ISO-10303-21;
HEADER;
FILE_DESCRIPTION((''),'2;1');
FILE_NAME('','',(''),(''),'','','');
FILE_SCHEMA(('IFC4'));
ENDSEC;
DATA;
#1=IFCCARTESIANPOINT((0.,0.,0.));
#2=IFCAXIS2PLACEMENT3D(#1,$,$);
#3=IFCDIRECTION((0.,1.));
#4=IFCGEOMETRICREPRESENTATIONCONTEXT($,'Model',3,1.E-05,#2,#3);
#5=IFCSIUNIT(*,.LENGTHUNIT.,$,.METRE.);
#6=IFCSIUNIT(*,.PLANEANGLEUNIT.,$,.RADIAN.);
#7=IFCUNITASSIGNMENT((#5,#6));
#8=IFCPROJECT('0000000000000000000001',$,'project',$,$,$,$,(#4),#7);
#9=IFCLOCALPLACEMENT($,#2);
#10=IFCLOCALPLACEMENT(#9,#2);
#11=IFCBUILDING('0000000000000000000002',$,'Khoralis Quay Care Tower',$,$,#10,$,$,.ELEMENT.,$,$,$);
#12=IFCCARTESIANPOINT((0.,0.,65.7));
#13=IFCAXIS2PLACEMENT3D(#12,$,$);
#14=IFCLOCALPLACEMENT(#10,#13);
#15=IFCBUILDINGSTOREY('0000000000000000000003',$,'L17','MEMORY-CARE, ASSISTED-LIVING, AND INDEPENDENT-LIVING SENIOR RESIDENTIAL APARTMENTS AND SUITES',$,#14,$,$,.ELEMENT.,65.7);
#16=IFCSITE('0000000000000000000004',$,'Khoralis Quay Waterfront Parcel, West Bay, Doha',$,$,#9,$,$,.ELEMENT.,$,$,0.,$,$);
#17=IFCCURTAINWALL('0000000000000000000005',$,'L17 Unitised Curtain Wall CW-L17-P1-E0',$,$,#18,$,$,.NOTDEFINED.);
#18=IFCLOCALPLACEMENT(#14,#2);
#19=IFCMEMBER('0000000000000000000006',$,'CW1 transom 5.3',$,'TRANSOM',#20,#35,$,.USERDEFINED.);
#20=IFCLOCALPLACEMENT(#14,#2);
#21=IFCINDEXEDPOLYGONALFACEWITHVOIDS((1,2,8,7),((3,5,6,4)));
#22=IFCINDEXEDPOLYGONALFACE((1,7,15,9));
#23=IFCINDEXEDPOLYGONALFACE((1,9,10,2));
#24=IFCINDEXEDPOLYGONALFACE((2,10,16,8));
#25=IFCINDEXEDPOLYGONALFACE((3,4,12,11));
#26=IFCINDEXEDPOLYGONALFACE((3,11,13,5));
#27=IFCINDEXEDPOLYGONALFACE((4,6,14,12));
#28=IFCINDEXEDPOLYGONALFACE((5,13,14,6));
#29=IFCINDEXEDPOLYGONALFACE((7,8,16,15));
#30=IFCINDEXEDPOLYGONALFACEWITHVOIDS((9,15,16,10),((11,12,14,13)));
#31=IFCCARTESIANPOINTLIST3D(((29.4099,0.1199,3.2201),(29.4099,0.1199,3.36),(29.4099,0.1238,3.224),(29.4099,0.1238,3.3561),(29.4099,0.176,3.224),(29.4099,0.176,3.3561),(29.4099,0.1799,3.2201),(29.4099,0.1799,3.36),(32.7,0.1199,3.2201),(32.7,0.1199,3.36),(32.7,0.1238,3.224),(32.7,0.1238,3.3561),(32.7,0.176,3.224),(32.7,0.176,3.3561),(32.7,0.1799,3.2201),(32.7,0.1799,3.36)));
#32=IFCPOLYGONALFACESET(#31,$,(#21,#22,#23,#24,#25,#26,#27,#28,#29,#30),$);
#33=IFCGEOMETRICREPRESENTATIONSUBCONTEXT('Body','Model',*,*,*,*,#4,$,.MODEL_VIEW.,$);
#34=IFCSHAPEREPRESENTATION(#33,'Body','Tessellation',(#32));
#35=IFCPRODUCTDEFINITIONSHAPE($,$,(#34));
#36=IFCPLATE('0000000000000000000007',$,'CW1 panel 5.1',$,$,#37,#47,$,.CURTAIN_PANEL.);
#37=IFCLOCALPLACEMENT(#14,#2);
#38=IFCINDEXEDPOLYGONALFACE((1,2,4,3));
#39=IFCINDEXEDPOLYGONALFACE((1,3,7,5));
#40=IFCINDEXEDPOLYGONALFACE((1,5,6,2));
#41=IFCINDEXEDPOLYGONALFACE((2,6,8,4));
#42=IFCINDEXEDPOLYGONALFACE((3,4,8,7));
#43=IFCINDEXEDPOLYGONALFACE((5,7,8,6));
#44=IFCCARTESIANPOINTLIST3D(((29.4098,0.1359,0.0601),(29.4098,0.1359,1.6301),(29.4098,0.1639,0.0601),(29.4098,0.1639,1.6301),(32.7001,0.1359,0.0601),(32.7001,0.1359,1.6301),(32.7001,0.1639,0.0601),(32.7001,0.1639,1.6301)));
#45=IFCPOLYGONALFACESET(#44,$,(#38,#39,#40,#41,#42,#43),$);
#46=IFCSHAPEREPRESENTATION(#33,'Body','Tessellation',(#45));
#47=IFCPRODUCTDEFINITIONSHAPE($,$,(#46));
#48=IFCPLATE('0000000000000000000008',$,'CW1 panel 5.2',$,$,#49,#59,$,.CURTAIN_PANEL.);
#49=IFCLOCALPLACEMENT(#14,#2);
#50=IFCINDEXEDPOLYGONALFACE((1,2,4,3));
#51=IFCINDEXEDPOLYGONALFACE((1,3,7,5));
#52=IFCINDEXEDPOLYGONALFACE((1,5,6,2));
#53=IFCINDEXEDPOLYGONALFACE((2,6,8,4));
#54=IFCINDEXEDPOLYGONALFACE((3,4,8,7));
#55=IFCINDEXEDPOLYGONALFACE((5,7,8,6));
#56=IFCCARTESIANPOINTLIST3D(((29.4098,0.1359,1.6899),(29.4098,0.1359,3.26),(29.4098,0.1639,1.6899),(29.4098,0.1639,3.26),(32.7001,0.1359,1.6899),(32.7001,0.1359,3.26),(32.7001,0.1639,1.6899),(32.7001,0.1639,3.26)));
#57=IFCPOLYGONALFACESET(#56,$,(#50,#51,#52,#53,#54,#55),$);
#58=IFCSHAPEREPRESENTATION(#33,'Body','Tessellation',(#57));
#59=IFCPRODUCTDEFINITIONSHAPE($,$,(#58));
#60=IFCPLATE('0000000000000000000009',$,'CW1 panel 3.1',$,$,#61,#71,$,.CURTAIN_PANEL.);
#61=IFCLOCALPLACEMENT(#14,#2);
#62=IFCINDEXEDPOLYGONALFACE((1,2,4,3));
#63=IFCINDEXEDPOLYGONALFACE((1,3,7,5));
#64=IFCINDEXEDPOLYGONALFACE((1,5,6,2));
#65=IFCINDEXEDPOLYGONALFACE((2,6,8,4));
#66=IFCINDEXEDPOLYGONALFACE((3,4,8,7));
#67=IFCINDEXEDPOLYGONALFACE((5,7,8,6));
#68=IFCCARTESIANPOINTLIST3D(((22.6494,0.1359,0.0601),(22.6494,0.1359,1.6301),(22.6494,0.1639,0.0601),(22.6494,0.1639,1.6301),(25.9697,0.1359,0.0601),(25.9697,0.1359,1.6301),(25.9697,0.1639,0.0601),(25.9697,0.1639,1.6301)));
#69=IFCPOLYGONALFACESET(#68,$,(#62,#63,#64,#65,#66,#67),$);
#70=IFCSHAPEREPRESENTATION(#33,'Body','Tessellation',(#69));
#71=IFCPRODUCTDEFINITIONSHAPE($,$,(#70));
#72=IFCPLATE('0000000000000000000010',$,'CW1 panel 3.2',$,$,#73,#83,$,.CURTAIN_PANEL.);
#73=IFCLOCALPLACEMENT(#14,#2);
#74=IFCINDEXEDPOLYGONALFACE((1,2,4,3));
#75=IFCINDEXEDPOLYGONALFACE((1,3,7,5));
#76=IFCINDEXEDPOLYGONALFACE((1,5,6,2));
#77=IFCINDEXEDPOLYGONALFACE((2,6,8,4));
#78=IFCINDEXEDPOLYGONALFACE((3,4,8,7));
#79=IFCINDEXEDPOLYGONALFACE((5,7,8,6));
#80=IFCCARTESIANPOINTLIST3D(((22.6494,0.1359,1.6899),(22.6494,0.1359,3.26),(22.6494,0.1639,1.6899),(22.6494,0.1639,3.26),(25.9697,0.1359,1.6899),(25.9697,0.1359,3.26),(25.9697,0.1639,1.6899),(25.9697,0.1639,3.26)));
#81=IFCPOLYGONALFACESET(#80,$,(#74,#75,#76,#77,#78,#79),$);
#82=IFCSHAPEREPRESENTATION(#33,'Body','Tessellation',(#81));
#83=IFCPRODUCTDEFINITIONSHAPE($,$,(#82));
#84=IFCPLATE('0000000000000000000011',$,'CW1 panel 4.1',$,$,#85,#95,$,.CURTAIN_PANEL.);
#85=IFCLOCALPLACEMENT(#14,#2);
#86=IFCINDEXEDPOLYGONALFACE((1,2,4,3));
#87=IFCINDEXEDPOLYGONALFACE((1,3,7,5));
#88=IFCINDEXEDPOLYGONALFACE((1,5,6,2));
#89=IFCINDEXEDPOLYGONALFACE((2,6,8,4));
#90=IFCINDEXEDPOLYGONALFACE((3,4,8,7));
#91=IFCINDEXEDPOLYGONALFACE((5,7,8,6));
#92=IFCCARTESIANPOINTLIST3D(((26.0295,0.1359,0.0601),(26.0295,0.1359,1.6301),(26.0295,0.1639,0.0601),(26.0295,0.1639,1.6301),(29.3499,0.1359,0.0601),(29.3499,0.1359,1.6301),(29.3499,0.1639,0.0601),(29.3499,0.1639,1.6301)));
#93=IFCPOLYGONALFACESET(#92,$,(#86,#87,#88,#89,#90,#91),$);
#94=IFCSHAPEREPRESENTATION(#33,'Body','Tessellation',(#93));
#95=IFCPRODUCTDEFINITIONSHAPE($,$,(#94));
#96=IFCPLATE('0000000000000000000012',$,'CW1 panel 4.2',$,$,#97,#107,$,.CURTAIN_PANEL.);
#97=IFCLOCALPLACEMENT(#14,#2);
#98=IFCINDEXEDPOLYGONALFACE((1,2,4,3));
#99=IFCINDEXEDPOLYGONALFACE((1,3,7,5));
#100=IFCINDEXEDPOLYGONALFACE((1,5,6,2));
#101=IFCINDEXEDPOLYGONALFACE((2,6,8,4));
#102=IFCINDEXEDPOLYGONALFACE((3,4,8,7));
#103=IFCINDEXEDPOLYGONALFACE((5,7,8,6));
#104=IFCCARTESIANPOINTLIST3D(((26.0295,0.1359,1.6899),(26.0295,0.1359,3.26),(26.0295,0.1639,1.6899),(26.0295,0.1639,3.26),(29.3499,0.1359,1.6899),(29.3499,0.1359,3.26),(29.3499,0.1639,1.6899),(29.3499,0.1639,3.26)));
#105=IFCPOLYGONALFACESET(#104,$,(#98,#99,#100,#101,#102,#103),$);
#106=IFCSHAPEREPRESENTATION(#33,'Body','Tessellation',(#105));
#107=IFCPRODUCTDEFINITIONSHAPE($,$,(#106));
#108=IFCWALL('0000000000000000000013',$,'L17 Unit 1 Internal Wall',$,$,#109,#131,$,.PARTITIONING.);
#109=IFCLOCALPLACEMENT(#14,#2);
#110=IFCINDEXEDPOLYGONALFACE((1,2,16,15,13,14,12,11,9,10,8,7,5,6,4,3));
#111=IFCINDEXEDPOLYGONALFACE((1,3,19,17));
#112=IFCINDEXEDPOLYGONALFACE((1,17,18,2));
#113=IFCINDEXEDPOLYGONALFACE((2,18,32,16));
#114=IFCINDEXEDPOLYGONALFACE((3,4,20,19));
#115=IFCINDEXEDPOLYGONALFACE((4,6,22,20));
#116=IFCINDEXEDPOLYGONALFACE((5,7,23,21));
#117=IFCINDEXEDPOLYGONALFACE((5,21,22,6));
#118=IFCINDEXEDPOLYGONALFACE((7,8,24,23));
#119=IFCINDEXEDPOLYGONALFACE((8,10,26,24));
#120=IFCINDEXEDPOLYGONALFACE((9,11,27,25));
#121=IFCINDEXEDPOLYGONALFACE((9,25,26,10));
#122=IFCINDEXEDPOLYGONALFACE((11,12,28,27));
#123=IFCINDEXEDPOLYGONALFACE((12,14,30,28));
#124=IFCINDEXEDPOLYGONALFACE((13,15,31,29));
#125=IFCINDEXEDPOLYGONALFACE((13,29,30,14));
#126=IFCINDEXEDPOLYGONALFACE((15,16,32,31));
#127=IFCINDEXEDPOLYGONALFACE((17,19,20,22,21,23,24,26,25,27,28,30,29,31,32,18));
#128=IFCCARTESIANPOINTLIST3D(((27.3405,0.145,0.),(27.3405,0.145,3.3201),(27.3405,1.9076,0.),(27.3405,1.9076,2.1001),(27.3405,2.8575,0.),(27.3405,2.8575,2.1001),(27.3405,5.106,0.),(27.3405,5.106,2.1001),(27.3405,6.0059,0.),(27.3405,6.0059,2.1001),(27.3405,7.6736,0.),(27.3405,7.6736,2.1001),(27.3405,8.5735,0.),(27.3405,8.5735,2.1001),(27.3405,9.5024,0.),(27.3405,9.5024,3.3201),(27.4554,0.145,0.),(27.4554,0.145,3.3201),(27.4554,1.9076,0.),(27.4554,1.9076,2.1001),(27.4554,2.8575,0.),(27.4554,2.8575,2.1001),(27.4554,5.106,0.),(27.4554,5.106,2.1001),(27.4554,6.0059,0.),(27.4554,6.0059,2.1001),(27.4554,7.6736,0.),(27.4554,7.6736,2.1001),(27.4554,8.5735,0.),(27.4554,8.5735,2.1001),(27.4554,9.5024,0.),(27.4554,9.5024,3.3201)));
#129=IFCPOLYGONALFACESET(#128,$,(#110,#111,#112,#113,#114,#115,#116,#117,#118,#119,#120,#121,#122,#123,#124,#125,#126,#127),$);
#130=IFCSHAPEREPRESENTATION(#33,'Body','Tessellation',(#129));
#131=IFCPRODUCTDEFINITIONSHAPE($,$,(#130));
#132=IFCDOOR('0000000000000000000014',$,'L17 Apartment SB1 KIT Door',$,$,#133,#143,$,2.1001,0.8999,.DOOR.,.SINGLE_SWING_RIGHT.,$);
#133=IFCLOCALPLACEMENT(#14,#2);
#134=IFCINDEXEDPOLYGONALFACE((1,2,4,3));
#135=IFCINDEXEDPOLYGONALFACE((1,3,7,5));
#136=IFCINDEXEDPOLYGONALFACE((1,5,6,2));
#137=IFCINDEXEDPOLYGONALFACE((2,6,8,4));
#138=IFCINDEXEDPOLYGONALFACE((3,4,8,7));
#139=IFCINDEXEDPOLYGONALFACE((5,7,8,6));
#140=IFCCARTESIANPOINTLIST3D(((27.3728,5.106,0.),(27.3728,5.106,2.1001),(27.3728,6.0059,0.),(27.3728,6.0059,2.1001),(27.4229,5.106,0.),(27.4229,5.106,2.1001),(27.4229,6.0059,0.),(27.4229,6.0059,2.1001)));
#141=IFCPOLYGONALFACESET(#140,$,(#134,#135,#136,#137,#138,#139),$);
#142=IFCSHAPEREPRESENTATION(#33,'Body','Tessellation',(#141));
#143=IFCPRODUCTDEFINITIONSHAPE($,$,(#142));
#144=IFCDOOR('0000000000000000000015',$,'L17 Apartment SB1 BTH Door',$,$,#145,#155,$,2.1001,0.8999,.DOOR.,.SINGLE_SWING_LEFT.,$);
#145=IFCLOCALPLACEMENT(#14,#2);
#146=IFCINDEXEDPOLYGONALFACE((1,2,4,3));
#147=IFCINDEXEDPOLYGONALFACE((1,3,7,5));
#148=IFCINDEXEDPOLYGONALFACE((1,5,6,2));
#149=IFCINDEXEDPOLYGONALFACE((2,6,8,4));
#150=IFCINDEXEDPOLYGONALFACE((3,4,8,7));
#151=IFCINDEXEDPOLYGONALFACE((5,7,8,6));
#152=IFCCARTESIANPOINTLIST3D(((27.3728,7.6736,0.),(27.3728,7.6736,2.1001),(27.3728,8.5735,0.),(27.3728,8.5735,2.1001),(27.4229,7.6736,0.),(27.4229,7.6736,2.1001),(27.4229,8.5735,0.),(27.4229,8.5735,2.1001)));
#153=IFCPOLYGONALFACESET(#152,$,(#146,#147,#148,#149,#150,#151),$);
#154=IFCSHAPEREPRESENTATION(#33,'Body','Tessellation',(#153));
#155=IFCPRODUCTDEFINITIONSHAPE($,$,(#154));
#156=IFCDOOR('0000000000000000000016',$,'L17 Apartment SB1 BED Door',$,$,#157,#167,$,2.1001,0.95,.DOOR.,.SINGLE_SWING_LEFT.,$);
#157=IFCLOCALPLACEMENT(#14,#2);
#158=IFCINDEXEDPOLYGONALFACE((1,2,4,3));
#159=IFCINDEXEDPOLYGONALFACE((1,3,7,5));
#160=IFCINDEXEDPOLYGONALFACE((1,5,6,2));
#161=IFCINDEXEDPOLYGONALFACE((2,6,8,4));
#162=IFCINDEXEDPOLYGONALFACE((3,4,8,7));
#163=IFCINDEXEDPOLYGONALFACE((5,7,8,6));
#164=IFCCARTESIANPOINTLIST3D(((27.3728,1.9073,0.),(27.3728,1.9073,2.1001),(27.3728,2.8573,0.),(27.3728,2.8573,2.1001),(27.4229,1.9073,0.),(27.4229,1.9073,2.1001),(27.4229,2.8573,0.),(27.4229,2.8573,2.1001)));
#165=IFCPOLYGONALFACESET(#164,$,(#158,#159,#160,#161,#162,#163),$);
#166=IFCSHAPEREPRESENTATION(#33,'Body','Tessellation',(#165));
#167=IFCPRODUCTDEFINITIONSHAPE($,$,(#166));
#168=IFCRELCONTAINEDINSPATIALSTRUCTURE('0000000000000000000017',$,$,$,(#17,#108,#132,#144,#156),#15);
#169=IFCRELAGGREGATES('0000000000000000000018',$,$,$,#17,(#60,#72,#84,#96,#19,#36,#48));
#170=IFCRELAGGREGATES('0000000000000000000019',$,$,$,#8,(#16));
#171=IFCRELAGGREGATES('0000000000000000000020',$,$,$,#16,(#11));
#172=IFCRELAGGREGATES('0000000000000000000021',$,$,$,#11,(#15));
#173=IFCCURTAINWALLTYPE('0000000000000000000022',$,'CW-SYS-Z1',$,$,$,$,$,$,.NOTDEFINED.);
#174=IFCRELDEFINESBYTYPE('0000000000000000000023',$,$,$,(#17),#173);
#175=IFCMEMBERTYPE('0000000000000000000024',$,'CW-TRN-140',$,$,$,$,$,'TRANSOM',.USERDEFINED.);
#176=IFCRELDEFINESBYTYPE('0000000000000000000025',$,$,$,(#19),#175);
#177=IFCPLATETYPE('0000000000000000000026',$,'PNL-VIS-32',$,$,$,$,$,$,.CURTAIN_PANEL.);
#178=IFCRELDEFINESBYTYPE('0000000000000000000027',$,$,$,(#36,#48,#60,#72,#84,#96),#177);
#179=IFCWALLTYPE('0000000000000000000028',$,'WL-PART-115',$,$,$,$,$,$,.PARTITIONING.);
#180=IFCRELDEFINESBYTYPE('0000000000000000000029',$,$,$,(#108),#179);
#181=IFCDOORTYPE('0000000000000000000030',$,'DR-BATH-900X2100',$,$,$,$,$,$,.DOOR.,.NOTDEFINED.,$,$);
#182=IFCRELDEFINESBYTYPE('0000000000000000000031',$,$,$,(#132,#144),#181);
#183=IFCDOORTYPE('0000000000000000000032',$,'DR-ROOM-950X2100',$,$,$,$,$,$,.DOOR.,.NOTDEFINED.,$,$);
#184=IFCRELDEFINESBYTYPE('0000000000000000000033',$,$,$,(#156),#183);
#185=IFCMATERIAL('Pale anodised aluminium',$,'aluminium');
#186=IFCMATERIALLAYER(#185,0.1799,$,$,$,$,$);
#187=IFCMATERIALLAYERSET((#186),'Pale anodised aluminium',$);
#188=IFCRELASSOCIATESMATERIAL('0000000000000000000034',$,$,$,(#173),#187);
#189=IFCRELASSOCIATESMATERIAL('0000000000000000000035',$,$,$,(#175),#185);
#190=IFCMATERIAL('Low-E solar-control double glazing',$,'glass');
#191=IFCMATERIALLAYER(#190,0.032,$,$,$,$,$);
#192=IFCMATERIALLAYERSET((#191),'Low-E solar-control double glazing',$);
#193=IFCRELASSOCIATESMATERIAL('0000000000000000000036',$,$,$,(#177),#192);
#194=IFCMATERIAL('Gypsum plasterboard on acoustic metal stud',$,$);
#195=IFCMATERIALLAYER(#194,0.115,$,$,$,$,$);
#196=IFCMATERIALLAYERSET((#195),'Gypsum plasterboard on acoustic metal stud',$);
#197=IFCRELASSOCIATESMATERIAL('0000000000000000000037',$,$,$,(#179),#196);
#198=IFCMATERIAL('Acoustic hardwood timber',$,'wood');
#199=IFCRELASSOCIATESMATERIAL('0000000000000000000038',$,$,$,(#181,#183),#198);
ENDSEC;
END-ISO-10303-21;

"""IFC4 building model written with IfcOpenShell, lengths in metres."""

from ifc_helpers import new_model, si_unit, direction, frame, frame_2d, origin, origin_2d, place, context, subcontext, project, spatial, rectangle, hollow_rectangle, extrude, source, transform, mapped, material, layer, layer_set, material_profile, profile_set, type_object, element, fill, aggregate, save


model = new_model("IFC4")

# Units and contexts
model_context = context("Model", 3, precision=1e-05, world=origin(), true_north=direction((0.0, 1.0)))
body_context = subcontext(model_context, "Body", "Model", "MODEL_VIEW")
ifc_project = project(units=[si_unit("LENGTHUNIT", "METRE"), si_unit("PLANEANGLEUNIT", "RADIAN")], contexts=[model_context])

# Site, building, storey
site_placement = place(None, origin())
site = spatial("IfcSite", under=ifc_project, at=site_placement, Name="Khoralis Quay Waterfront Parcel, West Bay, Doha", CompositionType="ELEMENT", RefElevation=0.0)
building_placement = place(site_placement, origin())
building = spatial("IfcBuilding", under=site, at=building_placement, Name="Khoralis Quay Care Tower", CompositionType="ELEMENT")
storey_placement = place(building_placement, frame((0.0, 0.0, 65.7)))
storey = spatial("IfcBuildingStorey", under=building, at=storey_placement, Name="L17", Description="MEMORY-CARE, ASSISTED-LIVING, AND INDEPENDENT-LIVING SENIOR RESIDENTIAL APARTMENTS AND SUITES", CompositionType="ELEMENT", Elevation=65.7)

# Curtain wall, member, plates
ifc_material_1 = material(Name="Pale anodised aluminium", Category="aluminium")
ifc_layer_1 = layer(ifc_material_1, 0.1799)
ifc_layer_set_1 = layer_set([ifc_layer_1], Name="Pale anodised aluminium")
curtain_wall_type = type_object("IfcCurtainWallType", Name="CW-SYS-Z1", PredefinedType="NOTDEFINED", material=ifc_layer_set_1)
curtain_wall_placement = place(storey_placement, origin())
curtain_wall = element("IfcCurtainWall", 1, at=curtain_wall_placement, inside=storey, type_object=curtain_wall_type, Name="L17 Unitised Curtain Wall CW-L17-P1-E0", PredefinedType="NOTDEFINED")
ifc_material_profile_1 = material_profile(ifc_material_1, hollow_rectangle(XDim=0.0601, YDim=0.1399, WallThickness=0.0039, at=origin_2d()), Name="Pale anodised aluminium")
ifc_profile_set_1 = profile_set([ifc_material_profile_1], Name="Pale anodised aluminium")
member_type_1 = type_object("IfcMemberType", Name="CW-TRN-140", ElementType="TRANSOM", PredefinedType="USERDEFINED", material=ifc_profile_set_1)
shared_shape_1 = source(origin(), body_context, "Body", "SweptSolid", [
    extrude(hollow_rectangle(XDim=0.0601, YDim=0.1399, WallThickness=0.0039, at=origin_2d()), origin(), (0.0, 0.0, 1.0), 3.29),
])
member_1_placement = place(storey_placement, frame((29.4099, 0.1499, 3.29), z_axis=(1.0, 0.0, 0.0), x_axis=(0.0, 1.0, 0.0)))
member_1 = element("IfcMember", 2, at=member_1_placement, type_object=member_type_1, Name="CW1 transom 5.3", ObjectType="TRANSOM", PredefinedType="USERDEFINED", context=body_context, shape_type="MappedRepresentation", body=[
    mapped(shared_shape_1, transform((0.0, 0.0, 0.0), scale=1.0)),
])
ifc_material_2 = material(Name="Low-E solar-control double glazing", Category="glass")
ifc_layer_2 = layer(ifc_material_2, 0.032)
ifc_layer_set_2 = layer_set([ifc_layer_2], Name="Low-E solar-control double glazing")
plate_type = type_object("IfcPlateType", Name="PNL-VIS-32", PredefinedType="CURTAIN_PANEL", material=ifc_layer_set_2)
shared_shape_2 = source(origin(), body_context, "Body", "SweptSolid", [
    extrude(rectangle(XDim=3.2903, YDim=0.0281, at=origin_2d()), origin(), (0.0, 0.0, 1.0), 1.5701),
])
plate_1_placement = place(storey_placement, frame((31.0549, 0.1499, 0.0601), z_axis=(0.0, 0.0, 1.0), x_axis=(1.0, 0.0, 0.0)))
plate_1 = element("IfcPlate", 3, at=plate_1_placement, type_object=plate_type, Name="CW1 panel 5.1", PredefinedType="CURTAIN_PANEL", context=body_context, shape_type="MappedRepresentation", body=[
    mapped(shared_shape_2, transform((0.0, 0.0, 0.0), scale=1.0)),
])
plate_2_placement = place(storey_placement, frame((31.0549, 0.1499, 1.6899), z_axis=(0.0, 0.0, 1.0), x_axis=(1.0, 0.0, 0.0)))
plate_2 = element("IfcPlate", 4, at=plate_2_placement, type_object=plate_type, Name="CW1 panel 5.2", PredefinedType="CURTAIN_PANEL", context=body_context, shape_type="MappedRepresentation", body=[
    mapped(shared_shape_2, transform((0.0, 0.0, 0.0), scale=1.0)),
])
shared_shape_3 = source(origin(), body_context, "Body", "SweptSolid", [
    extrude(rectangle(XDim=3.3203, YDim=0.0281, at=origin_2d()), origin(), (0.0, 0.0, 1.0), 1.5701),
])
plate_3_placement = place(storey_placement, frame((24.3096, 0.1499, 0.0601), z_axis=(0.0, 0.0, 1.0), x_axis=(1.0, 0.0, 0.0)))
plate_3 = element("IfcPlate", 5, at=plate_3_placement, type_object=plate_type, Name="CW1 panel 3.1", PredefinedType="CURTAIN_PANEL", context=body_context, shape_type="MappedRepresentation", body=[
    mapped(shared_shape_3, transform((0.0, 0.0, 0.0), scale=1.0)),
])
plate_4_placement = place(storey_placement, frame((24.3096, 0.1499, 1.6899), z_axis=(0.0, 0.0, 1.0), x_axis=(1.0, 0.0, 0.0)))
plate_4 = element("IfcPlate", 6, at=plate_4_placement, type_object=plate_type, Name="CW1 panel 3.2", PredefinedType="CURTAIN_PANEL", context=body_context, shape_type="MappedRepresentation", body=[
    mapped(shared_shape_3, transform((0.0, 0.0, 0.0), scale=1.0)),
])
plate_5_placement = place(storey_placement, frame((27.6897, 0.1499, 0.0601), z_axis=(0.0, 0.0, 1.0), x_axis=(1.0, 0.0, 0.0)))
plate_5 = element("IfcPlate", 7, at=plate_5_placement, type_object=plate_type, Name="CW1 panel 4.1", PredefinedType="CURTAIN_PANEL", context=body_context, shape_type="MappedRepresentation", body=[
    mapped(shared_shape_3, transform((0.0, 0.0, 0.0), scale=1.0)),
])
plate_6_placement = place(storey_placement, frame((27.6897, 0.1499, 1.6899), z_axis=(0.0, 0.0, 1.0), x_axis=(1.0, 0.0, 0.0)))
plate_6 = element("IfcPlate", 8, at=plate_6_placement, type_object=plate_type, Name="CW1 panel 4.2", PredefinedType="CURTAIN_PANEL", context=body_context, shape_type="MappedRepresentation", body=[
    mapped(shared_shape_3, transform((0.0, 0.0, 0.0), scale=1.0)),
])
aggregate(curtain_wall, [plate_3, plate_4, plate_5, plate_6, member_1, plate_1, plate_2])

# Wall, openings, doors
ifc_material_3 = material(Name="Gypsum plasterboard on acoustic metal stud")
ifc_layer_3 = layer(ifc_material_3, 0.115)
ifc_layer_set_3 = layer_set([ifc_layer_3], Name="Gypsum plasterboard on acoustic metal stud")
wall_type_1 = type_object("IfcWallType", Name="WL-PART-115", PredefinedType="PARTITIONING", material=ifc_layer_set_3)
wall_placement = place(storey_placement, frame((27.3979, 0.145, 0.0), z_axis=(0.0, 0.0, 1.0), x_axis=(0.0, 1.0, 0.0)))
wall = element("IfcWall", 9, at=wall_placement, inside=storey, type_object=wall_type_1, Name="L17 Unit 1 Internal Wall", PredefinedType="PARTITIONING", context=body_context, shape_type="SweptSolid", body=[
    extrude(rectangle(XDim=9.3574, YDim=0.115, at=frame_2d((4.6787, 0.0))), origin(), (0.0, 0.0, 1.0), 3.3201),
])
opening_1_placement = place(wall_placement, frame((1.7625, 0.0, 0.0)))
opening_1 = element("IfcOpeningElement", 10, at=opening_1_placement, cuts=wall, PredefinedType="OPENING", context=body_context, shape_type="SweptSolid", body=[
    extrude(rectangle(XDim=0.95, YDim=2.1001, at=frame_2d((0.4751, 1.05))), frame((0.0, 0.0674, 0.0), z_axis=(0.0, -1.0, 0.0), x_axis=(1.0, 0.0, 0.0)), (0.0, 0.0, 1.0), 0.135),
])
opening_2_placement = place(wall_placement, frame((4.9609, 0.0, 0.0)))
opening_2 = element("IfcOpeningElement", 11, at=opening_2_placement, cuts=wall, PredefinedType="OPENING", context=body_context, shape_type="SweptSolid", body=[
    extrude(rectangle(XDim=0.8999, YDim=2.1001, at=frame_2d((0.45, 1.05))), frame((0.0, 0.0674, 0.0), z_axis=(0.0, -1.0, 0.0), x_axis=(1.0, 0.0, 0.0)), (0.0, 0.0, 1.0), 0.135),
])
opening_3_placement = place(wall_placement, frame((7.5286, 0.0, 0.0)))
opening_3 = element("IfcOpeningElement", 12, at=opening_3_placement, cuts=wall, PredefinedType="OPENING", context=body_context, shape_type="SweptSolid", body=[
    extrude(rectangle(XDim=0.8999, YDim=2.1001, at=frame_2d((0.45, 1.05))), frame((0.0, 0.0674, 0.0), z_axis=(0.0, -1.0, 0.0), x_axis=(1.0, 0.0, 0.0)), (0.0, 0.0, 1.0), 0.135),
])
ifc_material_4 = material(Name="Acoustic hardwood timber", Category="wood")
door_type_1 = type_object("IfcDoorType", Name="DR-BATH-900X2100", OperationType="NOTDEFINED", PredefinedType="DOOR", material=ifc_material_4)
shared_shape_4 = source(origin(), body_context, "Body", "SweptSolid", [
    extrude(rectangle(XDim=0.8999, YDim=2.1001, at=frame_2d((0.45, 1.05))), frame((0.0, 0.0249, 0.0), z_axis=(0.0, -1.0, 0.0), x_axis=(1.0, 0.0, 0.0)), (0.0, 0.0, 1.0), 0.05),
])
door_1_placement = place(opening_2_placement, frame((0.8999, 0.0, 0.0), z_axis=(0.0, 0.0, 1.0), x_axis=(-1.0, 0.0, 0.0)))
door_1 = element("IfcDoor", 13, at=door_1_placement, inside=storey, type_object=door_type_1, Name="L17 Apartment SB1 KIT Door", OperationType="SINGLE_SWING_RIGHT", OverallHeight=2.1001, OverallWidth=0.8999, PredefinedType="DOOR", context=body_context, shape_type="MappedRepresentation", body=[
    mapped(shared_shape_4, transform((0.0, 0.0, 0.0), scale=1.0)),
])
fill(opening_2, door_1)
door_2_placement = place(opening_3_placement, frame((0.8999, 0.0, 0.0), z_axis=(0.0, 0.0, 1.0), x_axis=(-1.0, 0.0, 0.0)))
door_2 = element("IfcDoor", 14, at=door_2_placement, inside=storey, type_object=door_type_1, Name="L17 Apartment SB1 BTH Door", OperationType="SINGLE_SWING_LEFT", OverallHeight=2.1001, OverallWidth=0.8999, PredefinedType="DOOR", context=body_context, shape_type="MappedRepresentation", body=[
    mapped(shared_shape_4, transform((0.0, 0.0, 0.0), scale=1.0)),
])
fill(opening_3, door_2)
door_type_2 = type_object("IfcDoorType", Name="DR-ROOM-950X2100", OperationType="NOTDEFINED", PredefinedType="DOOR", material=ifc_material_4)
shared_shape_5 = source(origin(), body_context, "Body", "SweptSolid", [
    extrude(rectangle(XDim=0.95, YDim=2.1001, at=frame_2d((0.4751, 1.05))), frame((0.0, 0.0249, 0.0), z_axis=(0.0, -1.0, 0.0), x_axis=(1.0, 0.0, 0.0)), (0.0, 0.0, 1.0), 0.05),
])
door_3_placement = place(opening_1_placement, frame((0.95, 0.0, 0.0), z_axis=(0.0, 0.0, 1.0), x_axis=(-1.0, 0.0, 0.0)))
door_3 = element("IfcDoor", 15, at=door_3_placement, inside=storey, type_object=door_type_2, Name="L17 Apartment SB1 BED Door", OperationType="SINGLE_SWING_LEFT", OverallHeight=2.1001, OverallWidth=0.95, PredefinedType="DOOR", context=body_context, shape_type="MappedRepresentation", body=[
    mapped(shared_shape_5, transform((0.0, 0.0, 0.0), scale=1.0)),
])
fill(opening_1, door_3)

save(model, "model.ifc")
